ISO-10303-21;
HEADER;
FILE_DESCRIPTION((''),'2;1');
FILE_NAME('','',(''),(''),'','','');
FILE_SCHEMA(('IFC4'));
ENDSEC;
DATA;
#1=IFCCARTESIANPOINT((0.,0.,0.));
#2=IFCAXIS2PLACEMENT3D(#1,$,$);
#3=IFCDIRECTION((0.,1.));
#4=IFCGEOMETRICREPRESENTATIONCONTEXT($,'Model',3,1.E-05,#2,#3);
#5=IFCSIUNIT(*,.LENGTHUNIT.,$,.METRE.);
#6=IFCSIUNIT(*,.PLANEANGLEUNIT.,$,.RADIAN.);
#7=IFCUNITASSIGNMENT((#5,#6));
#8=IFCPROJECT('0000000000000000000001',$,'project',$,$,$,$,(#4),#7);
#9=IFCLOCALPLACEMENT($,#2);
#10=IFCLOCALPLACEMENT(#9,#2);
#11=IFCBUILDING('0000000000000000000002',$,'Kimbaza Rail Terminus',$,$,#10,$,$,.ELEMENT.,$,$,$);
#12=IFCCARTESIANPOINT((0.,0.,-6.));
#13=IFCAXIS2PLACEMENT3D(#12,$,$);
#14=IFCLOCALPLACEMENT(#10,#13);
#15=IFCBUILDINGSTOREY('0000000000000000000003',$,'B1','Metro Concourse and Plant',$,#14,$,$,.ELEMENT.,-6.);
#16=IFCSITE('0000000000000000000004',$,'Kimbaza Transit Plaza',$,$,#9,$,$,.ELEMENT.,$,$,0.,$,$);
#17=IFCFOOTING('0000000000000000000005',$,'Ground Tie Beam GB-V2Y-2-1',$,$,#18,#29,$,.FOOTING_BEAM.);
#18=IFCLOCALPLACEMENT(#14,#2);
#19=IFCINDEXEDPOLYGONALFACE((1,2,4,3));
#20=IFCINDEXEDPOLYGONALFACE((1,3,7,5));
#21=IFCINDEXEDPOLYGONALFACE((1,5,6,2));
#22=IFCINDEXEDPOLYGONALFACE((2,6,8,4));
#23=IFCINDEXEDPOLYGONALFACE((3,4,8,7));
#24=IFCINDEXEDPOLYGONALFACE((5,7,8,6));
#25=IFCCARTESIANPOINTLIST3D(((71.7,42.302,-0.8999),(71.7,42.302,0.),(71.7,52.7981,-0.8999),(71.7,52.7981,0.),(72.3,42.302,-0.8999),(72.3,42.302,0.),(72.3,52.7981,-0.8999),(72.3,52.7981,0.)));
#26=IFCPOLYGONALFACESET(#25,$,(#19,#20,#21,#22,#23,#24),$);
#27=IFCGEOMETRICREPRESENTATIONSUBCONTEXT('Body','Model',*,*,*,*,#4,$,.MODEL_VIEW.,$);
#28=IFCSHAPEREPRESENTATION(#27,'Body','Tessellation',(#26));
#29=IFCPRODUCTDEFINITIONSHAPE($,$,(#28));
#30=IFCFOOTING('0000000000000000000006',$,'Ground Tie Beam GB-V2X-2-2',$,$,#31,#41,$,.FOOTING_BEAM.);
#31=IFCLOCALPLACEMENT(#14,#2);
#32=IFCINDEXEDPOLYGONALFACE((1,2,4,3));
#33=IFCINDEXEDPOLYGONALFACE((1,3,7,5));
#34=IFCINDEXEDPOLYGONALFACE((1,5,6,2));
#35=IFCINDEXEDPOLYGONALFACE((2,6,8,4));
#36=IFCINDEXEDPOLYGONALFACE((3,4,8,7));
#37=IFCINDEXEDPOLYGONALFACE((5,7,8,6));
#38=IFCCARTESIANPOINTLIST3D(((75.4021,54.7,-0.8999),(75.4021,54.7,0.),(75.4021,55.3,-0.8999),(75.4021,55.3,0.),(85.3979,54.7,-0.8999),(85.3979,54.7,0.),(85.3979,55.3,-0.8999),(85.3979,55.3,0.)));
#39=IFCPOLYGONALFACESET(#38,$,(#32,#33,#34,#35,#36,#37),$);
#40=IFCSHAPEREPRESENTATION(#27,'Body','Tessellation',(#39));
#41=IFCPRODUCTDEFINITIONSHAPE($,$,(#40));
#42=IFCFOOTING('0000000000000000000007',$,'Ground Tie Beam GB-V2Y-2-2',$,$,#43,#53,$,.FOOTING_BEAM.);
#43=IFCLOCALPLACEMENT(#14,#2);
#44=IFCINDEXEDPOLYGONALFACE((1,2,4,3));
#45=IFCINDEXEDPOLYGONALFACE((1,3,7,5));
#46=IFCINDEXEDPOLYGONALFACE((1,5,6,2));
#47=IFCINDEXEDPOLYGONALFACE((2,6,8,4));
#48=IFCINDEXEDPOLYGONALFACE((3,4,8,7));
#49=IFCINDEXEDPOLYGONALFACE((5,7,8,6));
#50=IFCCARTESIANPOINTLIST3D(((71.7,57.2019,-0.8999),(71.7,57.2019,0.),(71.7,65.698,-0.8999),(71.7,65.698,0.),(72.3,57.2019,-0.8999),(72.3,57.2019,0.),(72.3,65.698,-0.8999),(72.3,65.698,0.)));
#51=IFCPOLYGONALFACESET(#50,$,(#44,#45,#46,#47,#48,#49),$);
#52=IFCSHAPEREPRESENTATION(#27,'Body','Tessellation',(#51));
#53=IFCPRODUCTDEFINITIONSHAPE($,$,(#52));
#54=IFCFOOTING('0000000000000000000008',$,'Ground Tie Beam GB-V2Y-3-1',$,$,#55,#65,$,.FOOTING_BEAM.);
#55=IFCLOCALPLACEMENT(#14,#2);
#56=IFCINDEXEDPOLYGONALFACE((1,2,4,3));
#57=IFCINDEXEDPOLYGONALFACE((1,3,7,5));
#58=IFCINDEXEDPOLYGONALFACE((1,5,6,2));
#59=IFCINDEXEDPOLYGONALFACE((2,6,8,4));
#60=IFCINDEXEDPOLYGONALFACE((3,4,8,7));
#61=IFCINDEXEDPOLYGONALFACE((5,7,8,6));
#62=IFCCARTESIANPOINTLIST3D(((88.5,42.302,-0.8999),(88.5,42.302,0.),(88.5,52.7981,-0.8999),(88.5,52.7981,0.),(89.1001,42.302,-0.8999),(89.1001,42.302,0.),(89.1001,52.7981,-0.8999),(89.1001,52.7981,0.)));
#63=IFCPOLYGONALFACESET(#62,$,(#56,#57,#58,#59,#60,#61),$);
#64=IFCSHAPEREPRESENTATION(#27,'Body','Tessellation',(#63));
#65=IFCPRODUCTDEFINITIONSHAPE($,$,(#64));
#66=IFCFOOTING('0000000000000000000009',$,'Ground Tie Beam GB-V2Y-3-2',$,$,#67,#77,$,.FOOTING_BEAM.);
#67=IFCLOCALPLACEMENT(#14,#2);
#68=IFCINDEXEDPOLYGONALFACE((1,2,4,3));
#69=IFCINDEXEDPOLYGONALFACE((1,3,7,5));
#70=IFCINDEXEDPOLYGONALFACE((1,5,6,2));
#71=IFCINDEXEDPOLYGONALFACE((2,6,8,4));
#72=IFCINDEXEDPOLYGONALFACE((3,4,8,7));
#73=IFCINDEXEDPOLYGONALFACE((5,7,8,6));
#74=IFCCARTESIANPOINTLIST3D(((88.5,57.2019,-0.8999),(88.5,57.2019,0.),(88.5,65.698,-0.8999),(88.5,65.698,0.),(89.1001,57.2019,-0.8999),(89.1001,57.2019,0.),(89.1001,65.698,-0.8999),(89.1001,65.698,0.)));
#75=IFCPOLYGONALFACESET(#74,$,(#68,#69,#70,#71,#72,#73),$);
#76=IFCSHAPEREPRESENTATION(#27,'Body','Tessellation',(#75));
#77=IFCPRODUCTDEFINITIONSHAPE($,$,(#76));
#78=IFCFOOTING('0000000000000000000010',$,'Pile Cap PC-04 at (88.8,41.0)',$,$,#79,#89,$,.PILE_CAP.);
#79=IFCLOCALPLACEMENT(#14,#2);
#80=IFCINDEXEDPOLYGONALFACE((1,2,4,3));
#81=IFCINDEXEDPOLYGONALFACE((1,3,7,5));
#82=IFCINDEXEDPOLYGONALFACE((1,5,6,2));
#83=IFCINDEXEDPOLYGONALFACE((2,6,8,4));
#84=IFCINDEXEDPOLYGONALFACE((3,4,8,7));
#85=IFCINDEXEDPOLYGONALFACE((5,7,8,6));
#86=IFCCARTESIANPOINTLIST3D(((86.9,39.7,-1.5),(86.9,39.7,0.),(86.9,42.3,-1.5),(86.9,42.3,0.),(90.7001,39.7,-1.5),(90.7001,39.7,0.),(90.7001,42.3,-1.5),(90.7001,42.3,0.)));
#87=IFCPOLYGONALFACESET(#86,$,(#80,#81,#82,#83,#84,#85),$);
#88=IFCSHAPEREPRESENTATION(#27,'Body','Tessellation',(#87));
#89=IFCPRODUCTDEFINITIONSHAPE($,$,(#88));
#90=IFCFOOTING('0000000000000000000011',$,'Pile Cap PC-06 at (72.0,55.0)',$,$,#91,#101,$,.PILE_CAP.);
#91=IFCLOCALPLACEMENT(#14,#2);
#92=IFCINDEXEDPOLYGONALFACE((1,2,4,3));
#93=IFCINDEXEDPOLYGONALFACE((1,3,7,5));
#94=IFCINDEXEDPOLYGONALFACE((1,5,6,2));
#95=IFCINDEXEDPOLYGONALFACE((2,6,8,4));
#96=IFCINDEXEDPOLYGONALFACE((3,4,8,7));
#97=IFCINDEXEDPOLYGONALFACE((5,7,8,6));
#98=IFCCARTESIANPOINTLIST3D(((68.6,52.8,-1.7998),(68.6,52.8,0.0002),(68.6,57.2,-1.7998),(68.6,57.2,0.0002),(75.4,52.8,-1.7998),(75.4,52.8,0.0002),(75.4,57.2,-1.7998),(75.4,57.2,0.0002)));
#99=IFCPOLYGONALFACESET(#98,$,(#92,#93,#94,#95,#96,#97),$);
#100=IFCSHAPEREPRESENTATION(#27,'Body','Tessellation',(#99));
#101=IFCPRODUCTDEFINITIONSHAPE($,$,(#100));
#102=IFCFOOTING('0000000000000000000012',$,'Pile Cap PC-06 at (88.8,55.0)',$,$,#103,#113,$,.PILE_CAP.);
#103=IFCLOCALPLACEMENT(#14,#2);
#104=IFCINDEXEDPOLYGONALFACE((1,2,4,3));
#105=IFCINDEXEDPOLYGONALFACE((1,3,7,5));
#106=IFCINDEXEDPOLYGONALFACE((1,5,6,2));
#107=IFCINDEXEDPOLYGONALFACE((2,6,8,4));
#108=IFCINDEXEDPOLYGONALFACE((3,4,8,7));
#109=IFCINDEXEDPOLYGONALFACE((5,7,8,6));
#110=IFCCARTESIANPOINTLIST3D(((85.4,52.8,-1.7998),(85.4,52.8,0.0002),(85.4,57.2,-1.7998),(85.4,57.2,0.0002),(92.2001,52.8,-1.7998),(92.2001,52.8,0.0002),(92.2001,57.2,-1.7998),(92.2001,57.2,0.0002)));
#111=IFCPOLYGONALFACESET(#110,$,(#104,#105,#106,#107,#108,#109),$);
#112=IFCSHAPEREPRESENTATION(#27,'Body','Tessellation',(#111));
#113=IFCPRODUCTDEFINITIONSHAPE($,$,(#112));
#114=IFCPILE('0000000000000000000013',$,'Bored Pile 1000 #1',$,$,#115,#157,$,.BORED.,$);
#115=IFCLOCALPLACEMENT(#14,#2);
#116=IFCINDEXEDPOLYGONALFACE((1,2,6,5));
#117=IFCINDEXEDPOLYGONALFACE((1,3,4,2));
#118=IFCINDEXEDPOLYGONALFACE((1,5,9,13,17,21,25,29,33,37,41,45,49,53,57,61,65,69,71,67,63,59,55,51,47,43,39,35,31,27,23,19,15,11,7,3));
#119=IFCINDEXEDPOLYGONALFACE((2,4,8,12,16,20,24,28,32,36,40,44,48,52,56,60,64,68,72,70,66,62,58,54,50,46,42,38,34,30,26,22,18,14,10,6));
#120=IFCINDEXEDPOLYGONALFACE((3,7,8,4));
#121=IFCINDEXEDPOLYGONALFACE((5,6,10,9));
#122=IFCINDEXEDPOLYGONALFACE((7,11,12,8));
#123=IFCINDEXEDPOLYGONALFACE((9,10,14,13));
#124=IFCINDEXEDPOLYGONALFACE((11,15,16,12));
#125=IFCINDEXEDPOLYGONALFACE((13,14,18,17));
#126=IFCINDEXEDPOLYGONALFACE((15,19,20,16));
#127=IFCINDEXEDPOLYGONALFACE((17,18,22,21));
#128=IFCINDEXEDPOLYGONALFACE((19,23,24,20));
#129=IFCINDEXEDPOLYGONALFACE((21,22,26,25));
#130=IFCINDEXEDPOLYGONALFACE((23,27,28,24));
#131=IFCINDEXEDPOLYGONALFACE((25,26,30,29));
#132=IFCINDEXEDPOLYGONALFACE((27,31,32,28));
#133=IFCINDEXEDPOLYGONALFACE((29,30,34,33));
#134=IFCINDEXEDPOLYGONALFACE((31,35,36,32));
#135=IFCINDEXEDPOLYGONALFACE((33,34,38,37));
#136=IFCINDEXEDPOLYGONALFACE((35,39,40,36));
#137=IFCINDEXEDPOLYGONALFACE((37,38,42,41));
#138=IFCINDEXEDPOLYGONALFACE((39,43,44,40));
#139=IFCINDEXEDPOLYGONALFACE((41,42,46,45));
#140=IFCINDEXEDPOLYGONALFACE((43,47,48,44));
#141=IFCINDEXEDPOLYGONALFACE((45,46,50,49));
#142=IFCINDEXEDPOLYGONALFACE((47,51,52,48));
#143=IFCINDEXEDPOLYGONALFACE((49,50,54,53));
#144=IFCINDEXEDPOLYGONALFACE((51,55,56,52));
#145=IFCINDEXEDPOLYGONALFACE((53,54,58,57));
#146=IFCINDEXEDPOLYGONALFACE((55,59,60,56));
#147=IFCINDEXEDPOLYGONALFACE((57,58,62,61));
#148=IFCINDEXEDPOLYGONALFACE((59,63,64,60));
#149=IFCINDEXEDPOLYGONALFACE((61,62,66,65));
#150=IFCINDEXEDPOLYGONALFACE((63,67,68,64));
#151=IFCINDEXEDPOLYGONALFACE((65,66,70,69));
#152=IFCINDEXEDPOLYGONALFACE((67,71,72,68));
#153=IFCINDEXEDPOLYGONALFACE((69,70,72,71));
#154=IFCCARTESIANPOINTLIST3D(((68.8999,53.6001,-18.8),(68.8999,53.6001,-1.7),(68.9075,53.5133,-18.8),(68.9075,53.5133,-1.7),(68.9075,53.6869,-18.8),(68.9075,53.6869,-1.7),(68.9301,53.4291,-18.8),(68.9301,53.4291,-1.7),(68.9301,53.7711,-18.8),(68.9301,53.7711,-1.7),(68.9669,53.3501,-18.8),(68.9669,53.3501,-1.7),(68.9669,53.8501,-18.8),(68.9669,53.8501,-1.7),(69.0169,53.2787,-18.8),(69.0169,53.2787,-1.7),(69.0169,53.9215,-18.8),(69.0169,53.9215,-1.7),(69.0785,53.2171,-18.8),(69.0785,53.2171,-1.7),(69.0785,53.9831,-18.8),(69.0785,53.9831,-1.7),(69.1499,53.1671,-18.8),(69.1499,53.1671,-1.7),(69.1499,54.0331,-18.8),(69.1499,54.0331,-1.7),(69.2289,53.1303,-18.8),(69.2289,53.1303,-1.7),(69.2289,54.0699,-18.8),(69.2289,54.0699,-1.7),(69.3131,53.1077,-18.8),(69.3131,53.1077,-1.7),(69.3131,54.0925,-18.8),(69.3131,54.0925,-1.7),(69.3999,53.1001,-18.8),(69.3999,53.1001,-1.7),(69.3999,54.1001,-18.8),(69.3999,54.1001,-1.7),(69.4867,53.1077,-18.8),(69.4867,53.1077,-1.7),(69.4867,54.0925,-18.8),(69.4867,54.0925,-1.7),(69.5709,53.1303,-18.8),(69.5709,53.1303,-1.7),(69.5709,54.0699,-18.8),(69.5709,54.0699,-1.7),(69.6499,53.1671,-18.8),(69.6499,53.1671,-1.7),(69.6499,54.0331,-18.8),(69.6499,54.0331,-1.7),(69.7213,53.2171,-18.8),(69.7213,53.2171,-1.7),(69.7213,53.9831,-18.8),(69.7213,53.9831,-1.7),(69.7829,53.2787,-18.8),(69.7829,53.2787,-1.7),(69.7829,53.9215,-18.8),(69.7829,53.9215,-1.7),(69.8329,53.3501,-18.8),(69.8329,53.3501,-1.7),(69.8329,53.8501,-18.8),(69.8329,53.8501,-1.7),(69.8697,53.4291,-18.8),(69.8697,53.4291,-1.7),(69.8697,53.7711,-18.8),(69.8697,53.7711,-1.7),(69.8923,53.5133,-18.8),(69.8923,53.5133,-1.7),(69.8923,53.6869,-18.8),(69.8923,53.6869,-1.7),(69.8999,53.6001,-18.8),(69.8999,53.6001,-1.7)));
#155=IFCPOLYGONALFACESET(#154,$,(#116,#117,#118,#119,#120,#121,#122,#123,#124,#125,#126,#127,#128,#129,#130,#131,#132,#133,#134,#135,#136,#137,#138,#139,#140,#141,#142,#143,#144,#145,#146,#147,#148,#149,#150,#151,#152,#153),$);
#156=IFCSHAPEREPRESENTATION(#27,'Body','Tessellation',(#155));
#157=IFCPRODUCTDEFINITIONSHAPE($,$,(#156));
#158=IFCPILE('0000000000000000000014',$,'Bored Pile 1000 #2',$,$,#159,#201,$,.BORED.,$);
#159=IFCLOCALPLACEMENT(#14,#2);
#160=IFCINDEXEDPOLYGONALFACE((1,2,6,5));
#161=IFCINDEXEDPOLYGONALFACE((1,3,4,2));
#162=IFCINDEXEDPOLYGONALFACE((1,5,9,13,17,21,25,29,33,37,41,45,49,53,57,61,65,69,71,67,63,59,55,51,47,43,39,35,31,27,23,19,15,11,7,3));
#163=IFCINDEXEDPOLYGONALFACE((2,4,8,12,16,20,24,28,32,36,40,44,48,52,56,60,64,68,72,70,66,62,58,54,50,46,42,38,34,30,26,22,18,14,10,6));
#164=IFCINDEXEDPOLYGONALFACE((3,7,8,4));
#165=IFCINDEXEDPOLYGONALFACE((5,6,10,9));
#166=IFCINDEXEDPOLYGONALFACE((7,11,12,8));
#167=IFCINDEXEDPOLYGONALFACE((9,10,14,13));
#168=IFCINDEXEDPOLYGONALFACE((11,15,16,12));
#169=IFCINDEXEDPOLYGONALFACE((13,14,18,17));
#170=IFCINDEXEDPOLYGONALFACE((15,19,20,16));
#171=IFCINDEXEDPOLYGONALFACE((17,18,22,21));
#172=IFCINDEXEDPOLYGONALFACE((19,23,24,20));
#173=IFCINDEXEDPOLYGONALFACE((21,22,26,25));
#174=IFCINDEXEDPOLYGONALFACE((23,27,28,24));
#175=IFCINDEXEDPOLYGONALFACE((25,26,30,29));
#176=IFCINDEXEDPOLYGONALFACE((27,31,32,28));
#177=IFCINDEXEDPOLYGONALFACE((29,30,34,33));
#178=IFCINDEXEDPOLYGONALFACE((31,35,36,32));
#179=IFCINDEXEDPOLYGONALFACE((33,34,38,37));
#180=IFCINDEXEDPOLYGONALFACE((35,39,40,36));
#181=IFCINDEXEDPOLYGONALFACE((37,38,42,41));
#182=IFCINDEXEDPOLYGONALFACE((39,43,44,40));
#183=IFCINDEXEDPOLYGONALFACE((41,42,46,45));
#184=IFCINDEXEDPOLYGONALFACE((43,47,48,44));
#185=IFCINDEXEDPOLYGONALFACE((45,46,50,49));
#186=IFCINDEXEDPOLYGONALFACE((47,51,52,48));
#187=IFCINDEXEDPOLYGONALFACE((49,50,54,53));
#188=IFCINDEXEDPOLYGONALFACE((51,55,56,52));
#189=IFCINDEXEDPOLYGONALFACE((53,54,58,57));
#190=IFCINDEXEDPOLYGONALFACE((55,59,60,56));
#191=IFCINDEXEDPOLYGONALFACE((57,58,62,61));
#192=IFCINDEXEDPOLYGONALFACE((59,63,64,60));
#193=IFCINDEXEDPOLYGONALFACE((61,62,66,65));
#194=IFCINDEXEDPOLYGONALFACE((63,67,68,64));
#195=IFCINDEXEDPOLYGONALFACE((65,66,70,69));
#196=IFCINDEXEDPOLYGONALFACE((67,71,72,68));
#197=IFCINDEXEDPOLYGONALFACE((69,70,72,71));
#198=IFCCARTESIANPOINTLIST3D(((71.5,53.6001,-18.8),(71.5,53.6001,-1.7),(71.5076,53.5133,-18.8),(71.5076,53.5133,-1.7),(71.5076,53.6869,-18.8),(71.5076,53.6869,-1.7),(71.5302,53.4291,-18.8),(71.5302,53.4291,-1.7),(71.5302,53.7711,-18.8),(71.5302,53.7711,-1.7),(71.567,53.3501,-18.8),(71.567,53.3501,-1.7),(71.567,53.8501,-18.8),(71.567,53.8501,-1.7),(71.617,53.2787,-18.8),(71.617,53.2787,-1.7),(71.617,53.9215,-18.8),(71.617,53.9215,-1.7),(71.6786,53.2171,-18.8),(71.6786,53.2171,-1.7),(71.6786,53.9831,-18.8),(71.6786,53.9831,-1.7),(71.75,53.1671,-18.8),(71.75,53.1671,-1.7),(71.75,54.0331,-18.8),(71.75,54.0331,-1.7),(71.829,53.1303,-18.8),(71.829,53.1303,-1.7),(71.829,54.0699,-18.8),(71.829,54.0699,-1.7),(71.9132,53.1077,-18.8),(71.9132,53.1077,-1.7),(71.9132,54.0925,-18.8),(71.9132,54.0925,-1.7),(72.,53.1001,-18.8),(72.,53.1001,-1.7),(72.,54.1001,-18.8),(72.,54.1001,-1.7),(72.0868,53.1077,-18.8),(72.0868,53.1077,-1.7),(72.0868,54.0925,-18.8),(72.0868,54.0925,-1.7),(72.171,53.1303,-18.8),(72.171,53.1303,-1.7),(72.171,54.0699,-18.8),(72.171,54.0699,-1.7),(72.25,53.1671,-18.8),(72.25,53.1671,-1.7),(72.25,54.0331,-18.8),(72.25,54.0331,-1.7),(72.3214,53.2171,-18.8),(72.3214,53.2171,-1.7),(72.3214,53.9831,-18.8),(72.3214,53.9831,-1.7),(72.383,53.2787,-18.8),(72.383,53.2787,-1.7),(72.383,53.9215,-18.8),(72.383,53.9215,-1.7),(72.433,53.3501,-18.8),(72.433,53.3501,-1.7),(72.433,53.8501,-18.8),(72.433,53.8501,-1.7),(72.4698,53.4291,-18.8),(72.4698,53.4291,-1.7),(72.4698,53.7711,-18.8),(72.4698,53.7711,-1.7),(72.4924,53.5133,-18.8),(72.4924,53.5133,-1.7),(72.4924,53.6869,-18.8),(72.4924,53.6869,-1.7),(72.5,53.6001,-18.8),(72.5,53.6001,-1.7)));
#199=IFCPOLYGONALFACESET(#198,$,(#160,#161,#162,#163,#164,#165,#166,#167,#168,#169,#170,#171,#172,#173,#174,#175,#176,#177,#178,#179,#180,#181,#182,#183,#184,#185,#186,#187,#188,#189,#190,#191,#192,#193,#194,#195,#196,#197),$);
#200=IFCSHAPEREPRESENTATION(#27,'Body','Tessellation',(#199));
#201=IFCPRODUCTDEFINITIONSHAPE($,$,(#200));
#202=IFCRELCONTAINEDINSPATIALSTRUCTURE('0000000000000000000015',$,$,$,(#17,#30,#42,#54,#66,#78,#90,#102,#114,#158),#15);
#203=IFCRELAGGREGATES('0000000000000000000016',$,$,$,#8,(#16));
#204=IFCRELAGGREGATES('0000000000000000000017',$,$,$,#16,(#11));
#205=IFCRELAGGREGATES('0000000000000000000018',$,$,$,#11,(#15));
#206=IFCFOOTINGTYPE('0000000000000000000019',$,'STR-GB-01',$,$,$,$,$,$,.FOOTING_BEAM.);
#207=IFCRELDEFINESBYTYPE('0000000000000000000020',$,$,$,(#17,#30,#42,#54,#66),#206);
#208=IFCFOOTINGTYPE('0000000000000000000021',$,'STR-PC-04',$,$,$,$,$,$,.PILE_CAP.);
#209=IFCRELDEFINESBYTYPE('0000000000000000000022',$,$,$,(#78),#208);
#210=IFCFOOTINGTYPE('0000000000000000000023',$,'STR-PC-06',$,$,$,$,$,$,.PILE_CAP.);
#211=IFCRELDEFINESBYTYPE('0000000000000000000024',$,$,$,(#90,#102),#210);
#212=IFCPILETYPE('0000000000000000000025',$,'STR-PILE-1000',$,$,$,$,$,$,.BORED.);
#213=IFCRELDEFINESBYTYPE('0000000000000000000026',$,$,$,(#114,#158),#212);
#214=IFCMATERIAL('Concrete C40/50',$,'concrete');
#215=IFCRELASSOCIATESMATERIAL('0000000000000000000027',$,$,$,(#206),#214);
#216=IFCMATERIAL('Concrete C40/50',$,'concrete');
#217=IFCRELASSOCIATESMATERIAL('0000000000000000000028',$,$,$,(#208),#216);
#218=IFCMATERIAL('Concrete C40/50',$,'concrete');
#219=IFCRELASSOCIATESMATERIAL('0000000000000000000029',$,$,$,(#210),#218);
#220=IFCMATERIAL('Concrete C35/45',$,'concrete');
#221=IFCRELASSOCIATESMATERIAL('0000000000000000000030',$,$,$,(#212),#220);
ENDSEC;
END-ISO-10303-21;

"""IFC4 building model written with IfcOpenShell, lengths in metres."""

from ifc_helpers import new_model, si_unit, direction, frame, origin, origin_2d, place, context, subcontext, project, spatial, rectangle, circle, extrude, material, material_profile, profile_set, type_object, element, save


model = new_model("IFC4")

# Units and contexts
model_context = context("Model", 3, precision=1e-05, world=origin(), true_north=direction((0.0, 1.0)))
body_context = subcontext(model_context, "Body", "Model", "MODEL_VIEW")
ifc_project = project(units=[si_unit("LENGTHUNIT", "METRE"), si_unit("PLANEANGLEUNIT", "RADIAN")], contexts=[model_context])

# Site, building, storey
site_placement = place(None, origin())
site = spatial("IfcSite", under=ifc_project, at=site_placement, Name="Kimbaza Transit Plaza", CompositionType="ELEMENT", RefElevation=0.0)
building_placement = place(site_placement, origin())
building = spatial("IfcBuilding", under=site, at=building_placement, Name="Kimbaza Rail Terminus", CompositionType="ELEMENT")
storey_placement = place(building_placement, frame((0.0, 0.0, -6.0)))
storey = spatial("IfcBuildingStorey", under=building, at=storey_placement, Name="B1", Description="Metro Concourse and Plant", CompositionType="ELEMENT", Elevation=-6.0)

# Footings
ifc_material_1 = material(Name="Concrete C40/50", Category="concrete")
ifc_material_profile_1 = material_profile(ifc_material_1, rectangle(XDim=0.6001, YDim=0.8999, at=origin_2d()), Name="GB-01 600x900")
ifc_profile_set_1 = profile_set([ifc_material_profile_1], Name="Concrete C40/50")
footing_type_1 = type_object("IfcFootingType", Name="STR-GB-01", PredefinedType="FOOTING_BEAM", material=ifc_profile_set_1)
footing_1_placement = place(storey_placement, frame((72.0, 42.302, -0.45), z_axis=(0.0, 1.0, 0.0), x_axis=(-1.0, 0.0, 0.0)))
element("IfcFooting", 1, at=footing_1_placement, inside=storey, type_object=footing_type_1, Name="Ground Tie Beam GB-V2Y-2-1", PredefinedType="FOOTING_BEAM", context=body_context, shape_type="SweptSolid", body=[
    extrude(rectangle(XDim=0.6001, YDim=0.8999, at=origin_2d()), origin(), (0.0, 0.0, 1.0), 10.4961),
])
footing_2_placement = place(storey_placement, frame((75.4021, 55.0, -0.45), z_axis=(1.0, 0.0, 0.0), x_axis=(0.0, 1.0, 0.0)))
element("IfcFooting", 2, at=footing_2_placement, inside=storey, type_object=footing_type_1, Name="Ground Tie Beam GB-V2X-2-2", PredefinedType="FOOTING_BEAM", context=body_context, shape_type="SweptSolid", body=[
    extrude(rectangle(XDim=0.6001, YDim=0.8999, at=origin_2d()), origin(), (0.0, 0.0, 1.0), 9.9958),
])
footing_3_placement = place(storey_placement, frame((72.0, 57.2019, -0.45), z_axis=(0.0, 1.0, 0.0), x_axis=(-1.0, 0.0, 0.0)))
element("IfcFooting", 3, at=footing_3_placement, inside=storey, type_object=footing_type_1, Name="Ground Tie Beam GB-V2Y-2-2", PredefinedType="FOOTING_BEAM", context=body_context, shape_type="SweptSolid", body=[
    extrude(rectangle(XDim=0.6001, YDim=0.8999, at=origin_2d()), origin(), (0.0, 0.0, 1.0), 8.4961),
])
footing_4_placement = place(storey_placement, frame((88.8, 42.302, -0.45), z_axis=(0.0, 1.0, 0.0), x_axis=(-1.0, 0.0, 0.0)))
element("IfcFooting", 4, at=footing_4_placement, inside=storey, type_object=footing_type_1, Name="Ground Tie Beam GB-V2Y-3-1", PredefinedType="FOOTING_BEAM", context=body_context, shape_type="SweptSolid", body=[
    extrude(rectangle(XDim=0.6001, YDim=0.8999, at=origin_2d()), origin(), (0.0, 0.0, 1.0), 10.4961),
])
footing_5_placement = place(storey_placement, frame((88.8, 57.2019, -0.45), z_axis=(0.0, 1.0, 0.0), x_axis=(-1.0, 0.0, 0.0)))
element("IfcFooting", 5, at=footing_5_placement, inside=storey, type_object=footing_type_1, Name="Ground Tie Beam GB-V2Y-3-2", PredefinedType="FOOTING_BEAM", context=body_context, shape_type="SweptSolid", body=[
    extrude(rectangle(XDim=0.6001, YDim=0.8999, at=origin_2d()), origin(), (0.0, 0.0, 1.0), 8.4961),
])
ifc_material_2 = material(Name="Concrete C40/50", Category="concrete")
footing_type_2 = type_object("IfcFootingType", Name="STR-PC-04", PredefinedType="PILE_CAP", material=ifc_material_2)
footing_6_placement = place(storey_placement, frame((88.8, 41.0, -1.5), z_axis=(0.0, 0.0, 1.0), x_axis=(1.0, 0.0, 0.0)))
element("IfcFooting", 6, at=footing_6_placement, inside=storey, type_object=footing_type_2, Name="Pile Cap PC-04 at (88.8,41.0)", PredefinedType="PILE_CAP", context=body_context, shape_type="SweptSolid", body=[
    extrude(rectangle(XDim=3.8, YDim=2.6001, at=origin_2d()), origin(), (0.0, 0.0, 1.0), 1.5),
])
ifc_material_3 = material(Name="Concrete C40/50", Category="concrete")
footing_type_3 = type_object("IfcFootingType", Name="STR-PC-06", PredefinedType="PILE_CAP", material=ifc_material_3)
for number, where, z_axis, x_axis, name in (
    (7, (72.0, 55.0, -1.7998), (0.0, 0.0, 1.0), (1.0, 0.0, 0.0), "Pile Cap PC-06 at (72.0,55.0)"),
    (8, (88.8, 55.0, -1.7998), (0.0, 0.0, 1.0), (1.0, 0.0, 0.0), "Pile Cap PC-06 at (88.8,55.0)"),
):
    element("IfcFooting", number, at=place(storey_placement, frame(where, z_axis=z_axis, x_axis=x_axis)), inside=storey, type_object=footing_type_3, Name=name, PredefinedType="PILE_CAP", context=body_context, shape_type="SweptSolid", body=[
        extrude(rectangle(XDim=6.8, YDim=4.3999, at=origin_2d()), origin(), (0.0, 0.0, 1.0), 1.8),
    ])

# Piles
ifc_material_4 = material(Name="Concrete C35/45", Category="concrete")
ifc_material_profile_2 = material_profile(ifc_material_4, circle(Radius=0.5, at=origin_2d()), Name="BORED PILE 1000")
ifc_profile_set_2 = profile_set([ifc_material_profile_2], Name="Concrete C35/45")
pile_type_1 = type_object("IfcPileType", Name="STR-PILE-1000", PredefinedType="BORED", material=ifc_profile_set_2)
for number, where, z_axis, x_axis, name in (
    (9, (69.3999, 53.6001, -1.7), (0.0, 0.0, -1.0), (1.0, 0.0, 0.0), "Bored Pile 1000 #1"),
    (10, (72.0, 53.6001, -1.7), (0.0, 0.0, -1.0), (1.0, 0.0, 0.0), "Bored Pile 1000 #2"),
):
    element("IfcPile", number, at=place(storey_placement, frame(where, z_axis=z_axis, x_axis=x_axis)), inside=storey, type_object=pile_type_1, Name=name, PredefinedType="BORED", context=body_context, shape_type="SweptSolid", body=[
        extrude(circle(Radius=0.5, at=origin_2d()), origin(), (0.0, 0.0, 1.0), 17.1001),
    ])

save(model, "model.ifc")
